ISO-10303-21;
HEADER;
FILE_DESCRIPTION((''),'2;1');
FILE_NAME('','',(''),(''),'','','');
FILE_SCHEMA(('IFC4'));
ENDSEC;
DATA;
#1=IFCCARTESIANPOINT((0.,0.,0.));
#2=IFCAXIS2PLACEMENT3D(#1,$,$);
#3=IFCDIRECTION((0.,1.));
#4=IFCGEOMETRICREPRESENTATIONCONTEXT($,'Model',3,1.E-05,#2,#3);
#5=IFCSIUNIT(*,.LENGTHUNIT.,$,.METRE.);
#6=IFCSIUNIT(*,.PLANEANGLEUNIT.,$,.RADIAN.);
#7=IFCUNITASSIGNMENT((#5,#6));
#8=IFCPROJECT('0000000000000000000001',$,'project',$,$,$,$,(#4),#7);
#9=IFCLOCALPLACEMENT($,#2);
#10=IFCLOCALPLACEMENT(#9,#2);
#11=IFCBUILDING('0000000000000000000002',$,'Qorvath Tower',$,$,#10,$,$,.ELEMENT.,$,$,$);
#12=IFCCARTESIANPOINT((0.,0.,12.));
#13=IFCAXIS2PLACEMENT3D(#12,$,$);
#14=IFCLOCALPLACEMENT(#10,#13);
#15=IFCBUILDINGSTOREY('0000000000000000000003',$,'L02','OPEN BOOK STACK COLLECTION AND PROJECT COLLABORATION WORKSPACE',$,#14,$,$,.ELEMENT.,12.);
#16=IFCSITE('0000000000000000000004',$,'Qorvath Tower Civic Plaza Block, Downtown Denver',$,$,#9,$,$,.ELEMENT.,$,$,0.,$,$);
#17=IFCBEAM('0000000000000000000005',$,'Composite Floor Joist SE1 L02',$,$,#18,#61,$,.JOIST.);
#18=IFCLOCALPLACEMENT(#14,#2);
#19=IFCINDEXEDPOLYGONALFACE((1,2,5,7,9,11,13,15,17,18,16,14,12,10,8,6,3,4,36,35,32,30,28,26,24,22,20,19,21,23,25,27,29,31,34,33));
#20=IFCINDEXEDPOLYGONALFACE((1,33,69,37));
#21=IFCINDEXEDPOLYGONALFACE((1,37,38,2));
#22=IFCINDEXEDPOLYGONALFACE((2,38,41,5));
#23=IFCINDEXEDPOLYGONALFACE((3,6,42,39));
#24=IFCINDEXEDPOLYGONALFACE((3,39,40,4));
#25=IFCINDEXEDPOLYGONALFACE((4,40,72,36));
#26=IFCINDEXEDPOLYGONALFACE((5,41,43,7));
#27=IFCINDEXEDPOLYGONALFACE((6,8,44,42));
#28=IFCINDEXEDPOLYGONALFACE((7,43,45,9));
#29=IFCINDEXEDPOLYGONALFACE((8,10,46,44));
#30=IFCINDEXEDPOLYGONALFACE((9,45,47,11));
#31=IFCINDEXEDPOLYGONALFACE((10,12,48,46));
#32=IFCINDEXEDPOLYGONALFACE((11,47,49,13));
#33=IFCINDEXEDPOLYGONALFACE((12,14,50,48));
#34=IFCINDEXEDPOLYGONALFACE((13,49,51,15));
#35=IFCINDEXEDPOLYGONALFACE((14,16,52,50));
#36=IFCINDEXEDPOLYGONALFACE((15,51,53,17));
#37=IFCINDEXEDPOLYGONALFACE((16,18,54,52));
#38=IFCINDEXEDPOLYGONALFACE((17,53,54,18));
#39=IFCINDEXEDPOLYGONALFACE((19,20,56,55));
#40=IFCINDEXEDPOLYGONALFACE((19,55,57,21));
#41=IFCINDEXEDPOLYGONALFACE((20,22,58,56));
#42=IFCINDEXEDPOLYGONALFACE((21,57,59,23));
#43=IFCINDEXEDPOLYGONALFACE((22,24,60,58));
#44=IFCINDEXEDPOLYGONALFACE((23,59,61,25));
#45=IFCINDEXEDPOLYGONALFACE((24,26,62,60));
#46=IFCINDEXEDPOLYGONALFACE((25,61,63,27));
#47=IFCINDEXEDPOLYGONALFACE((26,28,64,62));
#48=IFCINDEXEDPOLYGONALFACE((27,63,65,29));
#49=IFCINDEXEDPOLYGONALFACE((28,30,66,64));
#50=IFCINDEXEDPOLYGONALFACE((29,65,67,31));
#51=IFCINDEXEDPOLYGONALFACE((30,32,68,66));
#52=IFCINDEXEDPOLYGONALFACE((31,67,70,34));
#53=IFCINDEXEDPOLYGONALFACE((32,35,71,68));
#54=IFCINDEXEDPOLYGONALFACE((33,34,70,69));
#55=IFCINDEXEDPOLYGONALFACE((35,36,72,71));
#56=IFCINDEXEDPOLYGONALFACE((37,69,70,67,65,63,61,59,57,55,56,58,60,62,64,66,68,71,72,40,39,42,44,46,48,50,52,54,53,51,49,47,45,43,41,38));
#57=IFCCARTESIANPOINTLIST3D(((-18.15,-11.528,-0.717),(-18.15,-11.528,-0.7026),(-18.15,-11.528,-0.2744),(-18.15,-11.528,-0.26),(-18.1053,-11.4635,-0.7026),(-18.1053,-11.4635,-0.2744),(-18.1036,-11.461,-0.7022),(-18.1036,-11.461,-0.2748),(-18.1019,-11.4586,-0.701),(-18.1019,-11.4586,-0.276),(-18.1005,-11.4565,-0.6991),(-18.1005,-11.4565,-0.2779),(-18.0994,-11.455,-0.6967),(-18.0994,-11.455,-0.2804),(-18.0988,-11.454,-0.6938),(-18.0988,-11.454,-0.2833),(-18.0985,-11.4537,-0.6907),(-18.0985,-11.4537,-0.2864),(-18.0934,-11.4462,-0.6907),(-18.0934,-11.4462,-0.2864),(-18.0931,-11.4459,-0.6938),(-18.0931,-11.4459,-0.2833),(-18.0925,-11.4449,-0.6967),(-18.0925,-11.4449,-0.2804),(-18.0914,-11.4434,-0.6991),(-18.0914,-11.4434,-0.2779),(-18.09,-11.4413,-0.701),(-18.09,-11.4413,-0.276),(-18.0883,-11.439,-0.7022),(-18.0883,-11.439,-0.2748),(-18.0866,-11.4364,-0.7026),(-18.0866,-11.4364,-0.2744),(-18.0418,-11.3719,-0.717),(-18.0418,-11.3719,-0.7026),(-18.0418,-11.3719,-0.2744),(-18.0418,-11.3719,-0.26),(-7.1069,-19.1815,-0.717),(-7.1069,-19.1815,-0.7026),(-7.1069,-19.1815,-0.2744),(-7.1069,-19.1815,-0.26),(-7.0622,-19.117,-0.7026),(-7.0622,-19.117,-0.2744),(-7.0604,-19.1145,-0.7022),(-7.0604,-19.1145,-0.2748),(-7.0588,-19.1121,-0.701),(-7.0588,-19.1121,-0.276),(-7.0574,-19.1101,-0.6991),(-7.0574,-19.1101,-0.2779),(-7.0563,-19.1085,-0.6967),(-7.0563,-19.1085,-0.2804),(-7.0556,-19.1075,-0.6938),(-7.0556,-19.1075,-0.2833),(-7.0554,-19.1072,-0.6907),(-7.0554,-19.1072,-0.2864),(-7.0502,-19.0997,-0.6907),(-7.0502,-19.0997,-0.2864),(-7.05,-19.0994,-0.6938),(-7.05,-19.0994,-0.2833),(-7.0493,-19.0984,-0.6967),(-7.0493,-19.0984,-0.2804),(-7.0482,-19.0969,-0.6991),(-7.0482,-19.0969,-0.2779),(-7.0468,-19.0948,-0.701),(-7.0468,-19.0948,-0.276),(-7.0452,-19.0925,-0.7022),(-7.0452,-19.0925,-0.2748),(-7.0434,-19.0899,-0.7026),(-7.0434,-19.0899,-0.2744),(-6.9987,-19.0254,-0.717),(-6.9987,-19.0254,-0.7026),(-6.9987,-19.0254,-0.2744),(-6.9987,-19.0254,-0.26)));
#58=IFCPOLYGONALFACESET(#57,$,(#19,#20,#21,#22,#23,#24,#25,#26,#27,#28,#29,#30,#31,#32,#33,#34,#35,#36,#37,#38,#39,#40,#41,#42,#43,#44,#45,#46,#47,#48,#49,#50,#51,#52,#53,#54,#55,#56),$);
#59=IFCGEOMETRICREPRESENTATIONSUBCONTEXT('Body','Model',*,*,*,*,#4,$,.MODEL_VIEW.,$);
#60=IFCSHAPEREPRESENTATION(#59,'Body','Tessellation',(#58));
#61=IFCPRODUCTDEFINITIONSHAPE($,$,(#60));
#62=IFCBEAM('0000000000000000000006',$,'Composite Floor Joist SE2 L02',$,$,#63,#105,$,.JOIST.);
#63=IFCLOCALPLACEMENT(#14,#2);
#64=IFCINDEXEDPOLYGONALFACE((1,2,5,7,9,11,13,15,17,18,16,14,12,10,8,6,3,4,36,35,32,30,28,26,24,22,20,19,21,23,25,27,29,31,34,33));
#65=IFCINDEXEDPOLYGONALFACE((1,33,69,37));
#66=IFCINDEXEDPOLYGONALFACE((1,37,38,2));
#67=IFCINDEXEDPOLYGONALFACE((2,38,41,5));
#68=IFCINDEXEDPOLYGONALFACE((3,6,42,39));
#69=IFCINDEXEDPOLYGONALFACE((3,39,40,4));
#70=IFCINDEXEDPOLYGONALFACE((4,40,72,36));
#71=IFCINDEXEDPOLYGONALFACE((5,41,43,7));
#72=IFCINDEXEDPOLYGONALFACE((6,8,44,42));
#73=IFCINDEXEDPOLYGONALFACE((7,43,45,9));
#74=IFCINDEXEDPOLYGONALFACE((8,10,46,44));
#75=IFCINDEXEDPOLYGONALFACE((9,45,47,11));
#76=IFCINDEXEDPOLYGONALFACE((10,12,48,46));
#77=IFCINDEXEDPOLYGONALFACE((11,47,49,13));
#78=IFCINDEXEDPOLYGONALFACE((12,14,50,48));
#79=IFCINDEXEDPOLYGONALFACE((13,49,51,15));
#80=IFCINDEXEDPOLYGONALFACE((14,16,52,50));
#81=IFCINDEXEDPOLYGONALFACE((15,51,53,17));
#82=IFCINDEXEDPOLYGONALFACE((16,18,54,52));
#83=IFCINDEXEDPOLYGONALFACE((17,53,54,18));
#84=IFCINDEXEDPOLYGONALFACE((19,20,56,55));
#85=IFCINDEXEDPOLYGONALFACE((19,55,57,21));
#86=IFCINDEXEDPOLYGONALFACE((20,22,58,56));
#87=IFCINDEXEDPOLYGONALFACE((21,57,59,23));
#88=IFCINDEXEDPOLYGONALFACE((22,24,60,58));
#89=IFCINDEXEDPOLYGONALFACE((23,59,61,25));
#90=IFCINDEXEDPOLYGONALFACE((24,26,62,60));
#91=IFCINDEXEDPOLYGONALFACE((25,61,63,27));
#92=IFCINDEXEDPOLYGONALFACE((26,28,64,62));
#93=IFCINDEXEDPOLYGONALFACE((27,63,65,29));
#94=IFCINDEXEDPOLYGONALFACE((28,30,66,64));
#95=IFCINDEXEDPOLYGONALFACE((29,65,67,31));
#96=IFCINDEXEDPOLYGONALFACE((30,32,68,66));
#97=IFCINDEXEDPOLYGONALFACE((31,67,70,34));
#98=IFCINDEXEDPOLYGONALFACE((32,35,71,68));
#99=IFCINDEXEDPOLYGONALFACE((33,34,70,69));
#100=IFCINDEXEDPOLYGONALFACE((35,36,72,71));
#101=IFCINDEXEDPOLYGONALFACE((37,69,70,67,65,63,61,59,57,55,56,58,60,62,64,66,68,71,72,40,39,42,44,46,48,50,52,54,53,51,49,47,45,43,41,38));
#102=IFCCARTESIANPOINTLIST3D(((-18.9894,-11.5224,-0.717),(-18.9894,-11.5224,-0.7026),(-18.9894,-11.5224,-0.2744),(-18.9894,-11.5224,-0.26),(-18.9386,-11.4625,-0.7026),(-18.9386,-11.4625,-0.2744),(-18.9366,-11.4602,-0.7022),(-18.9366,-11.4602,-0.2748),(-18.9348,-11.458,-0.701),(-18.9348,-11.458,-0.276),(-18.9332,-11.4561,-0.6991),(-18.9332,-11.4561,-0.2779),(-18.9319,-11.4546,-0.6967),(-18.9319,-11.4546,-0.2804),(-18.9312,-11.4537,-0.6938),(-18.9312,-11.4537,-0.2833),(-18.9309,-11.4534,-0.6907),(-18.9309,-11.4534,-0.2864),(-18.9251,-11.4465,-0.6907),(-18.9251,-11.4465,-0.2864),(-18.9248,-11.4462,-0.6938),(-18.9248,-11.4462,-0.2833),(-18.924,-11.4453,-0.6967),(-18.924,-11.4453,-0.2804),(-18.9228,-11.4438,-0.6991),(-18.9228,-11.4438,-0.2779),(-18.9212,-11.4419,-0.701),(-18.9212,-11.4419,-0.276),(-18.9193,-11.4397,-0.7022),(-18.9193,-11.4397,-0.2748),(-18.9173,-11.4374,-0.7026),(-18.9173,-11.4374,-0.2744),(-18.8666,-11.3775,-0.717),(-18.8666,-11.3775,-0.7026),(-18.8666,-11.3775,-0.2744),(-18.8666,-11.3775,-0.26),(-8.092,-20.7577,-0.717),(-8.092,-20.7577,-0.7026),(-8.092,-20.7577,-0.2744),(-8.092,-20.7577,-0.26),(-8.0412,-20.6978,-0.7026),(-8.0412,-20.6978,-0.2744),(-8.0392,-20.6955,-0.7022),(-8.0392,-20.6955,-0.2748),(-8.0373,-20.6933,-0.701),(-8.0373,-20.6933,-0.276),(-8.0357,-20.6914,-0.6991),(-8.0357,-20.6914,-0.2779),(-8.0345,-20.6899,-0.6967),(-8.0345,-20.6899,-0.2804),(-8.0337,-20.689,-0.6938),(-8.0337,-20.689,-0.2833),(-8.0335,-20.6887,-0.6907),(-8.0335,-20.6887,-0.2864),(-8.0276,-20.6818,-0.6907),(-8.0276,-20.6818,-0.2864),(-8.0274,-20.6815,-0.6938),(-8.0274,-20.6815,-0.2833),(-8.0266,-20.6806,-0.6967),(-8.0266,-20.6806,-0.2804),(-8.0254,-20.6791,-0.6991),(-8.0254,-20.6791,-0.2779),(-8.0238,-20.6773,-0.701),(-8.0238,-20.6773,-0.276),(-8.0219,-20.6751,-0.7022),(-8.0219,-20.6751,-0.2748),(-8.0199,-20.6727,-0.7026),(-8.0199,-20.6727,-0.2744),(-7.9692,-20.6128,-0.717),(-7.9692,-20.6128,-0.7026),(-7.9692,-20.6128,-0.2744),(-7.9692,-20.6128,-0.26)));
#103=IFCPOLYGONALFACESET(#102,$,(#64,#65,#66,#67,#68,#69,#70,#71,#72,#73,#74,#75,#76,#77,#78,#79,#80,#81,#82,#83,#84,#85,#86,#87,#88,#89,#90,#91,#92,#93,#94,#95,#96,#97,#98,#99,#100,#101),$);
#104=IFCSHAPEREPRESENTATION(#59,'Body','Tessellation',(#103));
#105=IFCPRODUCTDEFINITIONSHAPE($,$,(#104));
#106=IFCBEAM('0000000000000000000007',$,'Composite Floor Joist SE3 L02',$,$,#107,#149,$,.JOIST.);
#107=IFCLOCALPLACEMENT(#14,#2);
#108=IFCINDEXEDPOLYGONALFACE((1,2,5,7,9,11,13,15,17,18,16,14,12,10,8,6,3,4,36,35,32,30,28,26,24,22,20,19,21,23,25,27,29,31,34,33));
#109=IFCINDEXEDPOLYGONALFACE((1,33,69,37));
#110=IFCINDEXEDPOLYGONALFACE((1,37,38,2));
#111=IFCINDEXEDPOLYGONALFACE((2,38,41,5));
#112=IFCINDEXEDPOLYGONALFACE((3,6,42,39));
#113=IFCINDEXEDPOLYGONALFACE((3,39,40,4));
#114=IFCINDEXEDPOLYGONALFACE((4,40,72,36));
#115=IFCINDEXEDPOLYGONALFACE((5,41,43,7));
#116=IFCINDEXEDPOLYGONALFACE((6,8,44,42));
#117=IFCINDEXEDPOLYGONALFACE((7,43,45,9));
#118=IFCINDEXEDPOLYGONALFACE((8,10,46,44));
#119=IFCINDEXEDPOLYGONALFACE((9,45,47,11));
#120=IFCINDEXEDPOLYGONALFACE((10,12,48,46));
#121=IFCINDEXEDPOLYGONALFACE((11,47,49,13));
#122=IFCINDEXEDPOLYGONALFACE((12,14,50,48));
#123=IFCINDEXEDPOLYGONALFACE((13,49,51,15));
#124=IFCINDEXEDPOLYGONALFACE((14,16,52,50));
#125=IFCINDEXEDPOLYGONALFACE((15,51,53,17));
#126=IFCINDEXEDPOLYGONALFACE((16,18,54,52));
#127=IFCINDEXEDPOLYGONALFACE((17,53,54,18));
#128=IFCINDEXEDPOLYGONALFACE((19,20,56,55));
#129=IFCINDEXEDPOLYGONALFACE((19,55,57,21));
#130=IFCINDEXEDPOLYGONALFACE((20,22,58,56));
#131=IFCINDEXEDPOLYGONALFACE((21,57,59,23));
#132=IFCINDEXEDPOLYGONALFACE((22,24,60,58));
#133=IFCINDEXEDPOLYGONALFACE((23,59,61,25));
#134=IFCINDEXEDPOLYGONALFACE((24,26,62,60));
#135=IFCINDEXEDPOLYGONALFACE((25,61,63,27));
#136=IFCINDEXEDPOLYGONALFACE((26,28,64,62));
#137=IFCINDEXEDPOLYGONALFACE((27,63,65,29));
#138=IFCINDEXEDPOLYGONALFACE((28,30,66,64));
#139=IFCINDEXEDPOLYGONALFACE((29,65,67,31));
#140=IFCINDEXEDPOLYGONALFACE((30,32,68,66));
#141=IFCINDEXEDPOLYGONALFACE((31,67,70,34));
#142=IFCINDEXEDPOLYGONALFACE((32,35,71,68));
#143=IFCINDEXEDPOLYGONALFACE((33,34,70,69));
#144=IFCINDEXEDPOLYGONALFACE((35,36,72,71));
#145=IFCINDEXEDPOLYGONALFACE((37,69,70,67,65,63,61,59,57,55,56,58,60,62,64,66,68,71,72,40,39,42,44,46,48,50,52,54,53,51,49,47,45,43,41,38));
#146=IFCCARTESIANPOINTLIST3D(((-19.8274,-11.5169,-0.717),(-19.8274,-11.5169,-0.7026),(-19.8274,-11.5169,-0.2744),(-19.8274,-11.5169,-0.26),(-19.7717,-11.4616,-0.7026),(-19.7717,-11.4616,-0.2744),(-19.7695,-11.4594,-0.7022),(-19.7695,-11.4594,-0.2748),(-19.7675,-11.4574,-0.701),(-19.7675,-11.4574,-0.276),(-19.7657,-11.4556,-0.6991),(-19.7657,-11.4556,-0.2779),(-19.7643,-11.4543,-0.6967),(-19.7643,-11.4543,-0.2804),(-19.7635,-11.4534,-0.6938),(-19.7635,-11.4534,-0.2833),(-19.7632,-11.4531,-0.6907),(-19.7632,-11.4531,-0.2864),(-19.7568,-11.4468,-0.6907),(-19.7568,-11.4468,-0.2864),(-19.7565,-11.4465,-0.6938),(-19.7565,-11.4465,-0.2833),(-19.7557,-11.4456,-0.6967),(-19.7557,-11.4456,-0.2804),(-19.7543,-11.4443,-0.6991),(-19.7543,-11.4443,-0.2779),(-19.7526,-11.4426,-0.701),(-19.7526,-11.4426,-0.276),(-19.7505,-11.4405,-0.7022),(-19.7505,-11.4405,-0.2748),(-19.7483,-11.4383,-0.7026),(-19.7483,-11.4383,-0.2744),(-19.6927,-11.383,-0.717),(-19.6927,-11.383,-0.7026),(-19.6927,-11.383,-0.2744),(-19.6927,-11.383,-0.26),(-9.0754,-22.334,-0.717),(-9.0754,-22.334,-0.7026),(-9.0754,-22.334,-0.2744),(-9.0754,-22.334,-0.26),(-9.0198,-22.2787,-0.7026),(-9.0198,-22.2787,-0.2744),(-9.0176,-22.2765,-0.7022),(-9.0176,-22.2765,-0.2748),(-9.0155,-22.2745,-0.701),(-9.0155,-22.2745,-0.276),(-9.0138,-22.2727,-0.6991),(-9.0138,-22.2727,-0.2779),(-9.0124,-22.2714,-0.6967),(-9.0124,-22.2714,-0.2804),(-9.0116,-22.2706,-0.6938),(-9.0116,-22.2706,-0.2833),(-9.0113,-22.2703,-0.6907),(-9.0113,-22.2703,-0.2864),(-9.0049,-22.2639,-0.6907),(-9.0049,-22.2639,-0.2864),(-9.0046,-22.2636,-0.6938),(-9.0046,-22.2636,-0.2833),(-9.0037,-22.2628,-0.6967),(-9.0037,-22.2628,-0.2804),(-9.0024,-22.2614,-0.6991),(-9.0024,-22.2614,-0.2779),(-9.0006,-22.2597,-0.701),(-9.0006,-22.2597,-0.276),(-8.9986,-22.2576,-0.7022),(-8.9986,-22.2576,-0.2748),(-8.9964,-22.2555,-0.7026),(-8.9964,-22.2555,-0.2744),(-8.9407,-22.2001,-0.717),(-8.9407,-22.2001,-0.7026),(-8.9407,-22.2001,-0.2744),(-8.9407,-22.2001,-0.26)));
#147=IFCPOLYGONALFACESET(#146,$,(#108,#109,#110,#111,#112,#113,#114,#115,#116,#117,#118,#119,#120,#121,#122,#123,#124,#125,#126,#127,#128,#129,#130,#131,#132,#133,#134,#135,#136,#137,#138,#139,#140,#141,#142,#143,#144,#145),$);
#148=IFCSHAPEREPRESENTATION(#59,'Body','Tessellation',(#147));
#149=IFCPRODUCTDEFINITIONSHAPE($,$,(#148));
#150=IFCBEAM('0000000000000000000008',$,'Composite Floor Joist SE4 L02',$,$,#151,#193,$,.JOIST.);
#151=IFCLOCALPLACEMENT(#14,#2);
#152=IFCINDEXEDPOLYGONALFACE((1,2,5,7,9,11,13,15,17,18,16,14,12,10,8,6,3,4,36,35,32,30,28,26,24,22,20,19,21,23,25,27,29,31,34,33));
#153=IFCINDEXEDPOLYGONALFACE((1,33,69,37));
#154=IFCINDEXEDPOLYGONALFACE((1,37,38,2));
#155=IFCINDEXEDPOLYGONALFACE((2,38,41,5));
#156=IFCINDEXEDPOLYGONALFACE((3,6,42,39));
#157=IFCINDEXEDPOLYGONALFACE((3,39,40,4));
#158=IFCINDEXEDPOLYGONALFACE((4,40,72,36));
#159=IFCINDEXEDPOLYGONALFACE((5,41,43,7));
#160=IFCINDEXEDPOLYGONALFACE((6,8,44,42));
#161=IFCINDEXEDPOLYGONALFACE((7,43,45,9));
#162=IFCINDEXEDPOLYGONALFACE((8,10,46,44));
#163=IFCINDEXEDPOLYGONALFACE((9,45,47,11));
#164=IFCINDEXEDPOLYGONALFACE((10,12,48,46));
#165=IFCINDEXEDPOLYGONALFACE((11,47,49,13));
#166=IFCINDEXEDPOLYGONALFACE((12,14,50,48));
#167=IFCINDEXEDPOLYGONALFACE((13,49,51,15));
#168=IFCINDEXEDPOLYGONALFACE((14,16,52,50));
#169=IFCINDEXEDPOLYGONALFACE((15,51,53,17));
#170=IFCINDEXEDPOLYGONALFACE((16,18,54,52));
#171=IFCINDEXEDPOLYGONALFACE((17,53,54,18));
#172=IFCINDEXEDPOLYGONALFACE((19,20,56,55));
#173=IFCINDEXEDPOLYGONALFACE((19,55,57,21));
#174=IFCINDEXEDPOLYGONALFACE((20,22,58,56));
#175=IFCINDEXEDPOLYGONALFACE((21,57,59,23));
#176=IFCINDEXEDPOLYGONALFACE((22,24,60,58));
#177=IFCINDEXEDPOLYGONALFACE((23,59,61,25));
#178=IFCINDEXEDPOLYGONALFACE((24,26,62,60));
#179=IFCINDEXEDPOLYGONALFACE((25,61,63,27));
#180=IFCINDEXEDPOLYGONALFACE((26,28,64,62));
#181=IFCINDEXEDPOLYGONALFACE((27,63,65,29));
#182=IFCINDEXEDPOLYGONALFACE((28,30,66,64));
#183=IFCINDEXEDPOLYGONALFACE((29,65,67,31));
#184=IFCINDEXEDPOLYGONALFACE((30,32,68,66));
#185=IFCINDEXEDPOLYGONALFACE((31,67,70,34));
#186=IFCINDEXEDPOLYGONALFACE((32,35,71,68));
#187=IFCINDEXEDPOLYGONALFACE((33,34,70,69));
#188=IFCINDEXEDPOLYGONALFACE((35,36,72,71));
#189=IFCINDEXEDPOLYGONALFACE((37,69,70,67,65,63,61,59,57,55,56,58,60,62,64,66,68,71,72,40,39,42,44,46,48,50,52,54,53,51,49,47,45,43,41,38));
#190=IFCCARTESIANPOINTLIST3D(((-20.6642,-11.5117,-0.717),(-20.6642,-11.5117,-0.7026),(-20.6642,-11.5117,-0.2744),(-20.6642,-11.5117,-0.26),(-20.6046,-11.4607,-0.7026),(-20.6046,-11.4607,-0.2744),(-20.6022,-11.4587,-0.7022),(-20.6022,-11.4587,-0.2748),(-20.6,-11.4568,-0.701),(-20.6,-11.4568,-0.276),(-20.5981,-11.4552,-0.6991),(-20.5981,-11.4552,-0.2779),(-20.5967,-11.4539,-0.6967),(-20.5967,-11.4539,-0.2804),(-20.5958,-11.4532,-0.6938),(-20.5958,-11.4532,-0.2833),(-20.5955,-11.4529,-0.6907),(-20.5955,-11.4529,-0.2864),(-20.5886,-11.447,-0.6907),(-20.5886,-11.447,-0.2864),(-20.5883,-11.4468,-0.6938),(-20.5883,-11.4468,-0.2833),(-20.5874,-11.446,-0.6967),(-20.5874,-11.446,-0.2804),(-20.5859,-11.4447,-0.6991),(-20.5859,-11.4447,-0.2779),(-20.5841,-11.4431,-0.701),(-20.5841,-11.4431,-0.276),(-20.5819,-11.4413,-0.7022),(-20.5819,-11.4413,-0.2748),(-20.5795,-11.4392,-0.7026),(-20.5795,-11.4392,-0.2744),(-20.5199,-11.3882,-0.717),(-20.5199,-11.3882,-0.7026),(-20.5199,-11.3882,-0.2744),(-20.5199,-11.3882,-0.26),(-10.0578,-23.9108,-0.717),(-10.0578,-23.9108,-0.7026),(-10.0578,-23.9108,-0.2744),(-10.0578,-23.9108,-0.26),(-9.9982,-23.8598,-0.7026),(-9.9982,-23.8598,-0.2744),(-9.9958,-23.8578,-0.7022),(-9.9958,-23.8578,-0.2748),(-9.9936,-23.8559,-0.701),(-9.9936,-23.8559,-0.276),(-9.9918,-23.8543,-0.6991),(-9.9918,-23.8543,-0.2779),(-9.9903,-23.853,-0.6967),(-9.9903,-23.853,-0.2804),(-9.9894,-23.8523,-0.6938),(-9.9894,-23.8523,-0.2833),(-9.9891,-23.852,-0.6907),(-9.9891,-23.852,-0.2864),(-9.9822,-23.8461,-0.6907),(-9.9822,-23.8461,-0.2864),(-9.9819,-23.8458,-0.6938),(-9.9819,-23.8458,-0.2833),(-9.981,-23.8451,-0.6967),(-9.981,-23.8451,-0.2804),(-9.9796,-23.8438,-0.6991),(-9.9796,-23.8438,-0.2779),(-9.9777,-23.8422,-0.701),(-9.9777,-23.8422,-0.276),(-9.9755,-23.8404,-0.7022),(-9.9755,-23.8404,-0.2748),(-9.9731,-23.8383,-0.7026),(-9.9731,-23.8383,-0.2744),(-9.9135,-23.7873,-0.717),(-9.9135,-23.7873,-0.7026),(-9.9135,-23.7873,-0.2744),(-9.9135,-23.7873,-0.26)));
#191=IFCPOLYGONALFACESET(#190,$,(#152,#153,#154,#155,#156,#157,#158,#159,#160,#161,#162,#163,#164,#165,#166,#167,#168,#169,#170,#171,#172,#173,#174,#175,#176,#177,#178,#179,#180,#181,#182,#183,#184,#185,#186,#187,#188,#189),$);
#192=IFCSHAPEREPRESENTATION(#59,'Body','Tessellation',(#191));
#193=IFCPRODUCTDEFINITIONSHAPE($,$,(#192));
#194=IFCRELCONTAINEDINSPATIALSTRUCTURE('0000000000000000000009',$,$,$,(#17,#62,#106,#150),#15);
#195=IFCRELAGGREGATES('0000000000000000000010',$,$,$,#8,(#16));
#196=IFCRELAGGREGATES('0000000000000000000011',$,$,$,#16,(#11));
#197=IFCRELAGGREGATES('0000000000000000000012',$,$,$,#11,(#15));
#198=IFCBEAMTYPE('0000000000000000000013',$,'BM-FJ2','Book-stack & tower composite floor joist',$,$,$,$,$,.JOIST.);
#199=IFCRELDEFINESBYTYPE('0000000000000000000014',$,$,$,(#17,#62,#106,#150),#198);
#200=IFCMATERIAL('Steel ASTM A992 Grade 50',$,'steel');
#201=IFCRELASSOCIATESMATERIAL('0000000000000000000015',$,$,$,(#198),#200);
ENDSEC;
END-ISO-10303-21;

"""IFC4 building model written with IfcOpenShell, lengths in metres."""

from ifc_helpers import new_model, si_unit, direction, frame, origin, origin_2d, place, context, subcontext, project, spatial, i_section, extrude, material, material_profile, profile_set, type_object, element, save


model = new_model("IFC4")

# Units and contexts
model_context = context("Model", 3, precision=1e-05, world=origin(), true_north=direction((0.0, 1.0)))
body_context = subcontext(model_context, "Body", "Model", "MODEL_VIEW")
ifc_project = project(units=[si_unit("LENGTHUNIT", "METRE"), si_unit("PLANEANGLEUNIT", "RADIAN")], contexts=[model_context])

# Site, building, storey
site_placement = place(None, origin())
site = spatial("IfcSite", under=ifc_project, at=site_placement, Name="Qorvath Tower Civic Plaza Block, Downtown Denver", CompositionType="ELEMENT", RefElevation=0.0)
building_placement = place(site_placement, origin())
building = spatial("IfcBuilding", under=site, at=building_placement, Name="Qorvath Tower", CompositionType="ELEMENT")
storey_placement = place(building_placement, frame((0.0, 0.0, 12.0)))
storey = spatial("IfcBuildingStorey", under=building, at=storey_placement, Name="L02", Description="OPEN BOOK STACK COLLECTION AND PROJECT COLLABORATION WORKSPACE", CompositionType="ELEMENT", Elevation=12.0)

# Beams
ifc_material_1 = material(Name="Steel ASTM A992 Grade 50", Category="steel")
ifc_material_profile_1 = material_profile(ifc_material_1, i_section(OverallWidth=0.1899, OverallDepth=0.457, WebThickness=0.009, FlangeThickness=0.0144, FilletRadius=0.012, at=origin_2d()), Name="W18x50")
ifc_profile_set_1 = profile_set([ifc_material_profile_1], Name="Steel ASTM A992 Grade 50")
beam_type_1 = type_object("IfcBeamType", Name="BM-FJ2", Description="Book-stack & tower composite floor joist", PredefinedType="JOIST", material=ifc_profile_set_1)
beam_1_placement = place(storey_placement, frame((-18.0959, -11.45, -0.4885), z_axis=(0.821904, -0.569626, 0.0), x_axis=(0.569626, 0.821904, 0.0)))
element("IfcBeam", 1, at=beam_1_placement, inside=storey, type_object=beam_type_1, Name="Composite Floor Joist SE1 L02", PredefinedType="JOIST", context=body_context, shape_type="SweptSolid", body=[
    extrude(i_section(OverallWidth=0.1899, OverallDepth=0.457, WebThickness=0.009, FlangeThickness=0.0144, FilletRadius=0.012, at=origin_2d()), origin(), (0.0, 0.0, 1.0), 13.436),
])
beam_2_placement = place(storey_placement, frame((-18.928, -11.45, -0.4885), z_axis=(0.762888, -0.64653, 0.0), x_axis=(0.64653, 0.762888, 0.0)))
element("IfcBeam", 2, at=beam_2_placement, inside=storey, type_object=beam_type_1, Name="Composite Floor Joist SE2 L02", PredefinedType="JOIST", context=body_context, shape_type="SweptSolid", body=[
    extrude(i_section(OverallWidth=0.1899, OverallDepth=0.457, WebThickness=0.009, FlangeThickness=0.0144, FilletRadius=0.012, at=origin_2d()), origin(), (0.0, 0.0, 1.0), 14.2844),
])
beam_3_placement = place(storey_placement, frame((-19.76, -11.45, -0.4885), z_axis=(0.704967, -0.709241, 0.0), x_axis=(0.709241, 0.704967, 0.0)))
element("IfcBeam", 3, at=beam_3_placement, inside=storey, type_object=beam_type_1, Name="Composite Floor Joist SE3 L02", PredefinedType="JOIST", context=body_context, shape_type="SweptSolid", body=[
    extrude(i_section(OverallWidth=0.1899, OverallDepth=0.457, WebThickness=0.009, FlangeThickness=0.0144, FilletRadius=0.012, at=origin_2d()), origin(), (0.0, 0.0, 1.0), 15.2517),
])
beam_4_placement = place(storey_placement, frame((-20.592, -11.45, -0.4885), z_axis=(0.650034, -0.759905, 0.0), x_axis=(0.759905, 0.650034, 0.0)))
element("IfcBeam", 4, at=beam_4_placement, inside=storey, type_object=beam_type_1, Name="Composite Floor Joist SE4 L02", PredefinedType="JOIST", context=body_context, shape_type="SweptSolid", body=[
    extrude(i_section(OverallWidth=0.1899, OverallDepth=0.457, WebThickness=0.009, FlangeThickness=0.0144, FilletRadius=0.012, at=origin_2d()), origin(), (0.0, 0.0, 1.0), 16.3167),
])

save(model, "model.ifc")
